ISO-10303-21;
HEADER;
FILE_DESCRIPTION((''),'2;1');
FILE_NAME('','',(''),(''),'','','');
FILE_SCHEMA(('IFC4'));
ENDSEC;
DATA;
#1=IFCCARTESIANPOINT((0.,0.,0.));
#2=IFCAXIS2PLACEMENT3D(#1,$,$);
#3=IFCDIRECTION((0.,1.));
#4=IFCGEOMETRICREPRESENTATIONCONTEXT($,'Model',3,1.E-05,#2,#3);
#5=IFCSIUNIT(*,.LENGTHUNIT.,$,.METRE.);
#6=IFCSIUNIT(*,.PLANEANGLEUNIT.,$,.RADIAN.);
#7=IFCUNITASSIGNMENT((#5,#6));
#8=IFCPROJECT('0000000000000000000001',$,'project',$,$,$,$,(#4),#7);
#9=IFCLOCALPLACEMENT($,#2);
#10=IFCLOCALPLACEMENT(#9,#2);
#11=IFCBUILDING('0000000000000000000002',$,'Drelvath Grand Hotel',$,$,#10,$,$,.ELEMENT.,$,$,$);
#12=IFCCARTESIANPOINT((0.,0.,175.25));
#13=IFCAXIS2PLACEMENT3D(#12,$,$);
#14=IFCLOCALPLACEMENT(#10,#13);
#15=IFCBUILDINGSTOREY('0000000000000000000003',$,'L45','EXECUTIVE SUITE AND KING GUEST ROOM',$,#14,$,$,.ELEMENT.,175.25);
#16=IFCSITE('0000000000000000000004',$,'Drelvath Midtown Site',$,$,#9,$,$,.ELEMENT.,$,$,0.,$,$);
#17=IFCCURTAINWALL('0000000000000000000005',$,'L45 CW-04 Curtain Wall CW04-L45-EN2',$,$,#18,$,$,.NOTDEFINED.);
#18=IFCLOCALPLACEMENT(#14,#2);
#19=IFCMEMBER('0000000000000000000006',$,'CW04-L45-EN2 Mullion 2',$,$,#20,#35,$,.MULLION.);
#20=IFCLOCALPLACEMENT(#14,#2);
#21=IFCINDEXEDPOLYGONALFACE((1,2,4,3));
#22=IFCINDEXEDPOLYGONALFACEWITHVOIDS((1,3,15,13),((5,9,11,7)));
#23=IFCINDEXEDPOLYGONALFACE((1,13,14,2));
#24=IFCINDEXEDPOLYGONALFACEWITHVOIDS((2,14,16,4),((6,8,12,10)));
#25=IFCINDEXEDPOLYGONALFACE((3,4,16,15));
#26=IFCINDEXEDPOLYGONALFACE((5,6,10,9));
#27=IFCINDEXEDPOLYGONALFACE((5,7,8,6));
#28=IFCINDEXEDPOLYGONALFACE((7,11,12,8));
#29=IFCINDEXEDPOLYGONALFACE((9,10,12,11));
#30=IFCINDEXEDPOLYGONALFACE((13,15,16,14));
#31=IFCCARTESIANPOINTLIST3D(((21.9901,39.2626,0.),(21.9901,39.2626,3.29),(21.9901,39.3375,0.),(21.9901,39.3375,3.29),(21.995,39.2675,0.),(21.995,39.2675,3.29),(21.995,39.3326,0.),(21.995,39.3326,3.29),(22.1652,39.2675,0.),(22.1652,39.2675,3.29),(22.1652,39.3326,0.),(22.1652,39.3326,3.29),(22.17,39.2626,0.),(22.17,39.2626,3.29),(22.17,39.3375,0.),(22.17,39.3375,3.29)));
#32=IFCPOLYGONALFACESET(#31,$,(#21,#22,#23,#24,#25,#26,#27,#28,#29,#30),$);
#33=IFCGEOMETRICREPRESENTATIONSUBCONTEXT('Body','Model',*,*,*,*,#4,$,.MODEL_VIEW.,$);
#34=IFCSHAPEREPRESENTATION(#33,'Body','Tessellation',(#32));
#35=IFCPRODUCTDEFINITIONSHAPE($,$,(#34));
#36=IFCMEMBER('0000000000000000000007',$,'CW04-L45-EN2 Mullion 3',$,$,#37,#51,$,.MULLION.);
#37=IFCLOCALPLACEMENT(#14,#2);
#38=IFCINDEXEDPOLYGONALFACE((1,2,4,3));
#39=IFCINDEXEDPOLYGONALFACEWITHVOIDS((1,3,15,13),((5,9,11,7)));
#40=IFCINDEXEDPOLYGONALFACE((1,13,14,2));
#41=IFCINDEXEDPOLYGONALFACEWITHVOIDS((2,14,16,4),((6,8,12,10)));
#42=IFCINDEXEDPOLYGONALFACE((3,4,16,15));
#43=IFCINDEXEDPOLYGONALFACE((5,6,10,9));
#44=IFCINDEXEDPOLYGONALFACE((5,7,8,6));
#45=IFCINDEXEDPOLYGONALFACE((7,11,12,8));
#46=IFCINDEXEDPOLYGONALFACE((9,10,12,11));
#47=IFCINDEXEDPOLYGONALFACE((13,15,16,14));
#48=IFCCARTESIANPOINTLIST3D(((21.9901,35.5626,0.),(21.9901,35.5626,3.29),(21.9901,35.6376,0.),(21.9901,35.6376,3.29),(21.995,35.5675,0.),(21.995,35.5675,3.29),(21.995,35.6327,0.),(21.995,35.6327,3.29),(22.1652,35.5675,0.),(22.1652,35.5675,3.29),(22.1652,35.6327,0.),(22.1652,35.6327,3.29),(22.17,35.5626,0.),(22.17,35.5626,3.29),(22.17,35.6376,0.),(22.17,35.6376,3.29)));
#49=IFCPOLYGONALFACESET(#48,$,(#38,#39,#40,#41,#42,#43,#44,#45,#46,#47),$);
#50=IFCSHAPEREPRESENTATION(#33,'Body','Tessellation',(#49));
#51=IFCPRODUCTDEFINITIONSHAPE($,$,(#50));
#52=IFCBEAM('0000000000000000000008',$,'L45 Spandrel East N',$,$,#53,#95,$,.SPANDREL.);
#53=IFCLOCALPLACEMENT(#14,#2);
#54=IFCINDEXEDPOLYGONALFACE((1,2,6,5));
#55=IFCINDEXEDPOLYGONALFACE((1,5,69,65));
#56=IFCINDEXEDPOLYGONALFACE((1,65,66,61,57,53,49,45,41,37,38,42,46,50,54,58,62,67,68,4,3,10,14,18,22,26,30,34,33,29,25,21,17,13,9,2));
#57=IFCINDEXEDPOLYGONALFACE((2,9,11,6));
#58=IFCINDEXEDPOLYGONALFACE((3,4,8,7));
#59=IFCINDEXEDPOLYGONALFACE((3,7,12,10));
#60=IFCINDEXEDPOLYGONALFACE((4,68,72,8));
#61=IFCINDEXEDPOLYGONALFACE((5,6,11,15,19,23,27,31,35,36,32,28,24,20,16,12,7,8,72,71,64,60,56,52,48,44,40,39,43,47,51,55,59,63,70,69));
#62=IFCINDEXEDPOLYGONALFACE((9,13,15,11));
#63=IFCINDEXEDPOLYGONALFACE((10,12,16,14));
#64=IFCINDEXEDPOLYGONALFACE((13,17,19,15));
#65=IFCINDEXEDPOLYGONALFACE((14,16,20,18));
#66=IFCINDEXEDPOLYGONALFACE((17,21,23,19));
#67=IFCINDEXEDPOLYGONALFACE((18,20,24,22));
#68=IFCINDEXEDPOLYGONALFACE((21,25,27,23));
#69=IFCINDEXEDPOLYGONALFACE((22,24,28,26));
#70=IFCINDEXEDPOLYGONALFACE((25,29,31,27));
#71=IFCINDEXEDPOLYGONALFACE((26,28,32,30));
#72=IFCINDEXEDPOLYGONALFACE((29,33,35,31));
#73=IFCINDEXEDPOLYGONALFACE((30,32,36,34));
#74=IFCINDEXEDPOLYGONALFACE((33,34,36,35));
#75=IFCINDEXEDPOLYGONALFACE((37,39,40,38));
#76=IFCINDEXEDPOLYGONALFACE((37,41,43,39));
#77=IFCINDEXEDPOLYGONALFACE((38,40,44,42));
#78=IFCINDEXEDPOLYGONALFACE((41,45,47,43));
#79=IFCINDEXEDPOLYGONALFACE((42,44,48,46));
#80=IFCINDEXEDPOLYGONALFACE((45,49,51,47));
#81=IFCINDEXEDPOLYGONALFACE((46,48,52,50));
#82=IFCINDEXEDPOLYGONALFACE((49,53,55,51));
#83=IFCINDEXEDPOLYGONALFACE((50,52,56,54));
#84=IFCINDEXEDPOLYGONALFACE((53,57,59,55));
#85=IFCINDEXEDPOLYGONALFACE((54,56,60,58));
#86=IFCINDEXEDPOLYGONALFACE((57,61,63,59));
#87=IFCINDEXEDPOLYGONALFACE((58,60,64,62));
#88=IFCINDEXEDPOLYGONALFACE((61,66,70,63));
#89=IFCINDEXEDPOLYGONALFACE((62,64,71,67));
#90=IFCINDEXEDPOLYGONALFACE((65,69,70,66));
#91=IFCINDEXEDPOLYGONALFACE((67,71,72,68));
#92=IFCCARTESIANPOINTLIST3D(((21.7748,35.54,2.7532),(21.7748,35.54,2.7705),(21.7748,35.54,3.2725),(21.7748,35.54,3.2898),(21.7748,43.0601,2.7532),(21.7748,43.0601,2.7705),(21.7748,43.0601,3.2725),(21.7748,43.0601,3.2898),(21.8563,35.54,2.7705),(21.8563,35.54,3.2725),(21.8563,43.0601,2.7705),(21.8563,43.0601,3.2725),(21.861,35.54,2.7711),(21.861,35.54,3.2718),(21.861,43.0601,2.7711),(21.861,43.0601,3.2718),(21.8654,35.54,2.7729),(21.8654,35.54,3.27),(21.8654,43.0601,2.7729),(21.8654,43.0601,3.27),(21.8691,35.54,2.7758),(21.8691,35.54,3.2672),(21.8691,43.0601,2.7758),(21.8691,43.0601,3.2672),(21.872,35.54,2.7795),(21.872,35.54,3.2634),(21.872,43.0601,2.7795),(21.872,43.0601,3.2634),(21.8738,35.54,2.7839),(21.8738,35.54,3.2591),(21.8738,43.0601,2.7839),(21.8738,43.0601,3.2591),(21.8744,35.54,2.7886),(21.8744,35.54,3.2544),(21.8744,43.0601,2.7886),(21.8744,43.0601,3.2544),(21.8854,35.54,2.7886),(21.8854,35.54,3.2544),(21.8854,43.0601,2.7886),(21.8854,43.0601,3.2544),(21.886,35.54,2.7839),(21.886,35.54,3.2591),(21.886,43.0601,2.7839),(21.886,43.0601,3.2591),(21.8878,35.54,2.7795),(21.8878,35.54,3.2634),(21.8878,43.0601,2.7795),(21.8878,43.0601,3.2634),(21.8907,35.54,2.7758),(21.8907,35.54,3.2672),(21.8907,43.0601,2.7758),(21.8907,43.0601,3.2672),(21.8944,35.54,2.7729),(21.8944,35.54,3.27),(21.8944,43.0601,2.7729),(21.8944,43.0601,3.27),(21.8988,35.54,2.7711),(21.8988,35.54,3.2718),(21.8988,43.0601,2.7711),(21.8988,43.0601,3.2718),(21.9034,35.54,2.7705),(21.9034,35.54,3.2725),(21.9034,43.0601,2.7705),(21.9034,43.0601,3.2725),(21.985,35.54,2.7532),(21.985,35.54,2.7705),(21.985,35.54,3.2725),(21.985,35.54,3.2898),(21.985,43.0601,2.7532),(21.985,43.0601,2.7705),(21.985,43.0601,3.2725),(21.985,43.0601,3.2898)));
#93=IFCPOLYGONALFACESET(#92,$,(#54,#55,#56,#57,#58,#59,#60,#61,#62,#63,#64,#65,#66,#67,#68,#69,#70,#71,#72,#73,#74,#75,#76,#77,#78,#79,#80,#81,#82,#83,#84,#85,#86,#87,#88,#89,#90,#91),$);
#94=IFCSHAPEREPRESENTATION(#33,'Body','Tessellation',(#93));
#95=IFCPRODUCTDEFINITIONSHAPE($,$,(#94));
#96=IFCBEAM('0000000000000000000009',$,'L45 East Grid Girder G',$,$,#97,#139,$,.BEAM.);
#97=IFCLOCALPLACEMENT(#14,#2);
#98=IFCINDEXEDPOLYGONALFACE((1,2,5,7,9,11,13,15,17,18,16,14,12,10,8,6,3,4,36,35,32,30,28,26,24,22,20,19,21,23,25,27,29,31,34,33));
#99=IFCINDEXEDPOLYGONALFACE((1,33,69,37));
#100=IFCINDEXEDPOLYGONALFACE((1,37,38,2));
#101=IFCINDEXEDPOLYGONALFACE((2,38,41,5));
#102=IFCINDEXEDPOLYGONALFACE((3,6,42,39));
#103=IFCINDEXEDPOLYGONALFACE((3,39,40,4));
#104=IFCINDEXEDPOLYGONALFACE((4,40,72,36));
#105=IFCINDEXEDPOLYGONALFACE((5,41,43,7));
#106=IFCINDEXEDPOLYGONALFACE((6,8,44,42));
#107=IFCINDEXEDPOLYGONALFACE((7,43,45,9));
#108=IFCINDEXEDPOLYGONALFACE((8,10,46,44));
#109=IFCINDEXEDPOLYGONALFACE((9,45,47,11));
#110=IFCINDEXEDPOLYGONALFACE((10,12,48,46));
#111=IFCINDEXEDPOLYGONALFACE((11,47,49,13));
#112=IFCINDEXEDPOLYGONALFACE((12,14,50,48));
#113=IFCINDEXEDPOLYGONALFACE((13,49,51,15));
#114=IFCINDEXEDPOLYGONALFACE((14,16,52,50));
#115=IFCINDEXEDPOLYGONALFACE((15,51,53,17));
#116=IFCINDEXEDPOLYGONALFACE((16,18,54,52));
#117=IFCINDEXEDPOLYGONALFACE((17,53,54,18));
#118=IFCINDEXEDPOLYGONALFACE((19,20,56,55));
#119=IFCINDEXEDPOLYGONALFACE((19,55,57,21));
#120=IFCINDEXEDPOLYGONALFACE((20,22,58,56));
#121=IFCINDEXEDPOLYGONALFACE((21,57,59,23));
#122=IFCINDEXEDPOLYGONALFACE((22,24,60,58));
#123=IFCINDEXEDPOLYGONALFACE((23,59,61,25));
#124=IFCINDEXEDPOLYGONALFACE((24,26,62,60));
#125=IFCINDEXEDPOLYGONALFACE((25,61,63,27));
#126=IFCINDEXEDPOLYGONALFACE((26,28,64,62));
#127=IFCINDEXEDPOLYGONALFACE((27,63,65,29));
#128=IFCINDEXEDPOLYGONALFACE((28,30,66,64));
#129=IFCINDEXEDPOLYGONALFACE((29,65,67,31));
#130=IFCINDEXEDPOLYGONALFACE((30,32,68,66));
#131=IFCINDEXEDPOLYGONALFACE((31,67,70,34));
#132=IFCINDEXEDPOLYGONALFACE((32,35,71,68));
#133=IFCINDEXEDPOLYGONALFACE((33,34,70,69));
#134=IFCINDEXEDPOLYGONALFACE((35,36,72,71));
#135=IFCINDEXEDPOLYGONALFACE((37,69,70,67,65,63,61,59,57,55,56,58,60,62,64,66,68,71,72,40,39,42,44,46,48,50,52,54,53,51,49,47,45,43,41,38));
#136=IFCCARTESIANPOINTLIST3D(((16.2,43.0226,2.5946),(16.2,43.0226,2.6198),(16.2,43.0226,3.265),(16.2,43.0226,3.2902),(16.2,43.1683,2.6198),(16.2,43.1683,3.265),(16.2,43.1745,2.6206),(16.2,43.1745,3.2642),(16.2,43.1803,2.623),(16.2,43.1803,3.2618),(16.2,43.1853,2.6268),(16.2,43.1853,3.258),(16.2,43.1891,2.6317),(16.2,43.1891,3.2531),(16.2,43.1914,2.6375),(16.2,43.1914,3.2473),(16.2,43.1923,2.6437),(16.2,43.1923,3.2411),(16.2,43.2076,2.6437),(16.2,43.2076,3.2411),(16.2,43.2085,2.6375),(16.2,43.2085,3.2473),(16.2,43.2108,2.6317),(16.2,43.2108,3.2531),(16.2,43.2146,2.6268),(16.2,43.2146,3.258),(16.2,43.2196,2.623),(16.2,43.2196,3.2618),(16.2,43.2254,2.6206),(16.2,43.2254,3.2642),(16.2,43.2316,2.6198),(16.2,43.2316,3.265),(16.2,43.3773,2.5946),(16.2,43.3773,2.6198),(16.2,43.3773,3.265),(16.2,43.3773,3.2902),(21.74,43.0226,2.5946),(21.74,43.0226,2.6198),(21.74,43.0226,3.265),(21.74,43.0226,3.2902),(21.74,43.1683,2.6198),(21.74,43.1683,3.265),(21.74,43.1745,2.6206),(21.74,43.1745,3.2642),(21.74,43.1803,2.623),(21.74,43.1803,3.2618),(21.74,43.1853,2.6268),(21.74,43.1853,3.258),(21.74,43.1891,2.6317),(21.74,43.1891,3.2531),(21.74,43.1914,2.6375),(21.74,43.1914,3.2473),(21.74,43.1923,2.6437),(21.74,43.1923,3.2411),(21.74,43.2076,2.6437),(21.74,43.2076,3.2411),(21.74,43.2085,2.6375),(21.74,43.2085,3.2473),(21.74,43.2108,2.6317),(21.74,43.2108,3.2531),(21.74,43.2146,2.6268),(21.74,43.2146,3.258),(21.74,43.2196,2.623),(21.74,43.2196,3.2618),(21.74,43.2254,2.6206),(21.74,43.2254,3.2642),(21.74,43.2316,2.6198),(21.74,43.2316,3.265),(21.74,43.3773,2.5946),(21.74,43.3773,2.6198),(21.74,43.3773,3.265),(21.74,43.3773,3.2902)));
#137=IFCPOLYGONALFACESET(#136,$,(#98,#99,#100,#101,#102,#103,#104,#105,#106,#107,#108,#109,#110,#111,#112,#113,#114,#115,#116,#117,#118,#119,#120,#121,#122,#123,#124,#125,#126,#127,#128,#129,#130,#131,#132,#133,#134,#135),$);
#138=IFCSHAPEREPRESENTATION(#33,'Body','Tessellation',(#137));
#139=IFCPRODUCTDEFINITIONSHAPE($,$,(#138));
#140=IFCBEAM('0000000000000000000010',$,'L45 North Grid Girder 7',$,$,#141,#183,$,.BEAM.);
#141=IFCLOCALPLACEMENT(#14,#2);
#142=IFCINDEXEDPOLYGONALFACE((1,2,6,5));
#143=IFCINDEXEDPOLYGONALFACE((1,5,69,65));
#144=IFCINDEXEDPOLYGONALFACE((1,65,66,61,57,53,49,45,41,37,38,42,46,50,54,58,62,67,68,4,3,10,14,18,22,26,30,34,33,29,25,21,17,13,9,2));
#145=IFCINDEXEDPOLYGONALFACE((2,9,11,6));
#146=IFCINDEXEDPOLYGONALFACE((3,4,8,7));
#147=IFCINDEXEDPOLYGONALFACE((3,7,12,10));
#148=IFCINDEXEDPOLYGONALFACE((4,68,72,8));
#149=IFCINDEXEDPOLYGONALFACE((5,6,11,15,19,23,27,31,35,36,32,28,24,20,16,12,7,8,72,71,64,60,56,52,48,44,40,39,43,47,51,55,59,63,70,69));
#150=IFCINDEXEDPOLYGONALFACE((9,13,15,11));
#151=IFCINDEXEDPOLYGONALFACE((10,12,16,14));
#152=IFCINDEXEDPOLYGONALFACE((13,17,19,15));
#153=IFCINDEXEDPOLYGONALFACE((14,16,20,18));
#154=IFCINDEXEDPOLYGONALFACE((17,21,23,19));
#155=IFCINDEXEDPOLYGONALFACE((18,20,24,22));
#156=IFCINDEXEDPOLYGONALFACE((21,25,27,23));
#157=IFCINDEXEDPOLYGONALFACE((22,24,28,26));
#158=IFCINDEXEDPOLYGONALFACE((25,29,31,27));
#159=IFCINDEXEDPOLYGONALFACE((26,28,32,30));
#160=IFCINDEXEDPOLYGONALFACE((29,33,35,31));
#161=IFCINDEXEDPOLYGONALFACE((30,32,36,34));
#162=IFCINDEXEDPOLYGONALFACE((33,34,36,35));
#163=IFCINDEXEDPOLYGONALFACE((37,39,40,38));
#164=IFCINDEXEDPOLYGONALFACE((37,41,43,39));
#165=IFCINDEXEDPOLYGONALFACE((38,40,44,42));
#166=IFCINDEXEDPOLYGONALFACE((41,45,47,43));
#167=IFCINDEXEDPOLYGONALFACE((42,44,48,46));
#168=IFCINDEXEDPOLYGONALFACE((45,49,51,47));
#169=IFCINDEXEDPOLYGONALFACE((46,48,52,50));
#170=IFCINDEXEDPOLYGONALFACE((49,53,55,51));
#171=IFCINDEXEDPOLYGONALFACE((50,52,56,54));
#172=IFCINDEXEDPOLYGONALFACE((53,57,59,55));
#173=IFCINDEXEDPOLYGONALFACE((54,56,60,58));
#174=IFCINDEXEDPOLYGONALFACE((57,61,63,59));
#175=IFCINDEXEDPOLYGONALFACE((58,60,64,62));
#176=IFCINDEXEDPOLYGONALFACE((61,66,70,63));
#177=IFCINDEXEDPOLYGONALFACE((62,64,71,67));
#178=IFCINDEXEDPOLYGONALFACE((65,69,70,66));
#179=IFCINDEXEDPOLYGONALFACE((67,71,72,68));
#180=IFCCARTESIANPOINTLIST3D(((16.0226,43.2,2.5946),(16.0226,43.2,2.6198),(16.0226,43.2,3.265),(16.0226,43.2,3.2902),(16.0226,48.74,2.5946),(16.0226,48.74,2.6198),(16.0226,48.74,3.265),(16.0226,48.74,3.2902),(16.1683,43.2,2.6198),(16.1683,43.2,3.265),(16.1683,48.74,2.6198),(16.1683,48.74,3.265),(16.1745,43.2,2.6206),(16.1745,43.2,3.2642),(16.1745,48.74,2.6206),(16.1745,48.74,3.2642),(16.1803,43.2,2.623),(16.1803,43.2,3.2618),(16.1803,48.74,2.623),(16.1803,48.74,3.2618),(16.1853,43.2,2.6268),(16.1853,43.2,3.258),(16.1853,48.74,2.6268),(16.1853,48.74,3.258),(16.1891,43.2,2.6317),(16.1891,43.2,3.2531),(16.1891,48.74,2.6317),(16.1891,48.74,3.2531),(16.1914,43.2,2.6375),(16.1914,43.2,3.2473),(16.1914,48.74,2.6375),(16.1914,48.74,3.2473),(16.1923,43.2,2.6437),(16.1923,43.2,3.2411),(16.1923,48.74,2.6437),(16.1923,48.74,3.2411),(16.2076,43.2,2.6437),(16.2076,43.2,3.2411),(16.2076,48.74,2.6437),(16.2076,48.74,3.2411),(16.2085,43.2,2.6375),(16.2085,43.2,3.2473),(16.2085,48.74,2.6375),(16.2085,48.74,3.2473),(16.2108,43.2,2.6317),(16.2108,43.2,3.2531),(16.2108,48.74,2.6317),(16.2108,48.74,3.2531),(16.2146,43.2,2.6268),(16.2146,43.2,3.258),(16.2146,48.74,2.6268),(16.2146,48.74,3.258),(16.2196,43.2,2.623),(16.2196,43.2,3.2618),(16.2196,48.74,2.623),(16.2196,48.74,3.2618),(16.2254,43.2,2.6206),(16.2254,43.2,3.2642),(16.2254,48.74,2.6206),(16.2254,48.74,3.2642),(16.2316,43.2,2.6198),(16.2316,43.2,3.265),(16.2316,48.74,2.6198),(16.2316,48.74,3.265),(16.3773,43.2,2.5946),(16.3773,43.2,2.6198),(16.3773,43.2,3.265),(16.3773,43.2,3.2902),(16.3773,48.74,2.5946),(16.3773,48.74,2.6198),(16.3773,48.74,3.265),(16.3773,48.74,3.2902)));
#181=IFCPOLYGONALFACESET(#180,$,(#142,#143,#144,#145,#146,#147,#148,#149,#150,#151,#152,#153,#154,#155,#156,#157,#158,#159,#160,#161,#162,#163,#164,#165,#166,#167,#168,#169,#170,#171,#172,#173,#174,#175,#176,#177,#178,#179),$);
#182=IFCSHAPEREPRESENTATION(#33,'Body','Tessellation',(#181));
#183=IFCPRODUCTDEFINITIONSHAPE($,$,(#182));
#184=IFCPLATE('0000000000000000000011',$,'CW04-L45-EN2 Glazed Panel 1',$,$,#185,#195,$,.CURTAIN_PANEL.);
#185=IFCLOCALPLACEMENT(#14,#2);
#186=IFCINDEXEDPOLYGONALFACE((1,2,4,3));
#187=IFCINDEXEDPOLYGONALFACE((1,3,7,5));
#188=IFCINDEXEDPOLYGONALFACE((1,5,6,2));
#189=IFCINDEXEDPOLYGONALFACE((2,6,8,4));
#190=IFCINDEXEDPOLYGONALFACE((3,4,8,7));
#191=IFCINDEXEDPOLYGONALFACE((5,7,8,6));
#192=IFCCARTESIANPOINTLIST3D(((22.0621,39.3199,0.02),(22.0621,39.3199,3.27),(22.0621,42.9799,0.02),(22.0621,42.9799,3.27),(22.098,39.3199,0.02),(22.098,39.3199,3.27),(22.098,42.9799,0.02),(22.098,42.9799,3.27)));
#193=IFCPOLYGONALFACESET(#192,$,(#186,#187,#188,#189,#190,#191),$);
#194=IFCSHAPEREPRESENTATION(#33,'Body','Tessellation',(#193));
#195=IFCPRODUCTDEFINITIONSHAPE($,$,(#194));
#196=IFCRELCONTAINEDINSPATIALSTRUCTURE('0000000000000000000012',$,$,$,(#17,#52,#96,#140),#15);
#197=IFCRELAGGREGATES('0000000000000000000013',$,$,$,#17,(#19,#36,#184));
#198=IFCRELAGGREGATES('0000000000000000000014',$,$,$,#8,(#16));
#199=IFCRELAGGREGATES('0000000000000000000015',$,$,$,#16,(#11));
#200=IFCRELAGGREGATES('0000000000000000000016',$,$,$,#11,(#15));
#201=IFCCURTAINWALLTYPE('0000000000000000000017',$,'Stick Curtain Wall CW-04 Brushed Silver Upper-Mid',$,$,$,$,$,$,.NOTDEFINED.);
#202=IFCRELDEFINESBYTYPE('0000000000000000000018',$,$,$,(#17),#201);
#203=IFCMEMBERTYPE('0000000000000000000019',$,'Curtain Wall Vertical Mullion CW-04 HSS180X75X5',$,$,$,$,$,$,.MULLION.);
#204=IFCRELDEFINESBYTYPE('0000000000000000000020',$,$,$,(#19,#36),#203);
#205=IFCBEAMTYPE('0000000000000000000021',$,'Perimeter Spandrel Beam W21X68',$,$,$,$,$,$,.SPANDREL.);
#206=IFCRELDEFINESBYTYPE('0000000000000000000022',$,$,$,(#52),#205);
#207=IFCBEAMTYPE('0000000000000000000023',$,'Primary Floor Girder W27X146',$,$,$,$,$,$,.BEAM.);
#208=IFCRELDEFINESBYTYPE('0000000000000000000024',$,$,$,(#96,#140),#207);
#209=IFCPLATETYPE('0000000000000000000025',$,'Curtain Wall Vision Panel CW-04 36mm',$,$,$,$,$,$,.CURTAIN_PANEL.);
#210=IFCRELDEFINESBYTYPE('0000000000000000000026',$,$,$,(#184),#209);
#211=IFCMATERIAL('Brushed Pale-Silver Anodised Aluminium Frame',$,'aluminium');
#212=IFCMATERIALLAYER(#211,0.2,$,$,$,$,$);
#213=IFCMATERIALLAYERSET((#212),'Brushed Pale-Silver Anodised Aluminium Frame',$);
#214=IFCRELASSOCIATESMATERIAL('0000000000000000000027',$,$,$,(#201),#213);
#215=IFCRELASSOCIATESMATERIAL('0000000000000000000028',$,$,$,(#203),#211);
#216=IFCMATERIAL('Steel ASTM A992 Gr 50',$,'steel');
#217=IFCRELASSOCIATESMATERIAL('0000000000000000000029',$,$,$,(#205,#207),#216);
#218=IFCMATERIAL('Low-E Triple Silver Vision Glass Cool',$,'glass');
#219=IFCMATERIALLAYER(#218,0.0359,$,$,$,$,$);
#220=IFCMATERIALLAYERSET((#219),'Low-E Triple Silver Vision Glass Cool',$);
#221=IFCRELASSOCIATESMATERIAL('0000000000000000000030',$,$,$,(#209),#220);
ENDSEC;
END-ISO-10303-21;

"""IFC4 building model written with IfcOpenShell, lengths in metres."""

from ifc_helpers import new_model, si_unit, direction, frame, origin, origin_2d, place, context, subcontext, project, spatial, rectangle, hollow_rectangle, i_section, extrude, material, layer, layer_set, material_profile, profile_set, type_object, element, aggregate, save


model = new_model("IFC4")

# Units and contexts
model_context = context("Model", 3, precision=1e-05, world=origin(), true_north=direction((0.0, 1.0)))
body_context = subcontext(model_context, "Body", "Model", "MODEL_VIEW")
ifc_project = project(units=[si_unit("LENGTHUNIT", "METRE"), si_unit("PLANEANGLEUNIT", "RADIAN")], contexts=[model_context])

# Site, building, storey
site_placement = place(None, origin())
site = spatial("IfcSite", under=ifc_project, at=site_placement, Name="Drelvath Midtown Site", CompositionType="ELEMENT", RefElevation=0.0)
building_placement = place(site_placement, origin())
building = spatial("IfcBuilding", under=site, at=building_placement, Name="Drelvath Grand Hotel", CompositionType="ELEMENT")
storey_placement = place(building_placement, frame((0.0, 0.0, 175.25)))
storey = spatial("IfcBuildingStorey", under=building, at=storey_placement, Name="L45", Description="EXECUTIVE SUITE AND KING GUEST ROOM", CompositionType="ELEMENT", Elevation=175.25)

# Curtain wall, members
ifc_material_1 = material(Name="Brushed Pale-Silver Anodised Aluminium Frame", Category="aluminium")
ifc_layer_1 = layer(ifc_material_1, 0.2)
ifc_layer_set_1 = layer_set([ifc_layer_1], Name="Brushed Pale-Silver Anodised Aluminium Frame")
curtain_wall_type = type_object("IfcCurtainWallType", Name="Stick Curtain Wall CW-04 Brushed Silver Upper-Mid", PredefinedType="NOTDEFINED", material=ifc_layer_set_1)
curtain_wall_placement = place(storey_placement, origin())
curtain_wall = element("IfcCurtainWall", 1, at=curtain_wall_placement, inside=storey, type_object=curtain_wall_type, Name="L45 CW-04 Curtain Wall CW04-L45-EN2", PredefinedType="NOTDEFINED")
ifc_material_profile_1 = material_profile(ifc_material_1, hollow_rectangle(XDim=0.075, YDim=0.1799, WallThickness=0.0049, at=origin_2d()), Name="HSS180X75X5")
ifc_profile_set_1 = profile_set([ifc_material_profile_1], Name="Brushed Pale-Silver Anodised Aluminium Frame")
member_type_1 = type_object("IfcMemberType", Name="Curtain Wall Vertical Mullion CW-04 HSS180X75X5", PredefinedType="MULLION", material=ifc_profile_set_1)
member_1_placement = place(storey_placement, frame((22.0801, 39.3, 0.0), z_axis=(0.0, 0.0, 1.0), x_axis=(0.0, 1.0, 0.0)))
member_1 = element("IfcMember", 2, at=member_1_placement, type_object=member_type_1, Name="CW04-L45-EN2 Mullion 2", PredefinedType="MULLION", context=body_context, shape_type="SweptSolid", body=[
    extrude(hollow_rectangle(XDim=0.075, YDim=0.1799, WallThickness=0.0049, at=origin_2d()), origin(), (0.0, 0.0, 1.0), 3.29),
])
member_2_placement = place(storey_placement, frame((22.0801, 35.6001, 0.0), z_axis=(0.0, 0.0, 1.0), x_axis=(0.0, 1.0, 0.0)))
member_2 = element("IfcMember", 3, at=member_2_placement, type_object=member_type_1, Name="CW04-L45-EN2 Mullion 3", PredefinedType="MULLION", context=body_context, shape_type="SweptSolid", body=[
    extrude(hollow_rectangle(XDim=0.075, YDim=0.1799, WallThickness=0.0049, at=origin_2d()), origin(), (0.0, 0.0, 1.0), 3.29),
])

# Beams
ifc_material_2 = material(Name="Steel ASTM A992 Gr 50", Category="steel")
ifc_material_profile_2 = material_profile(ifc_material_2, i_section(OverallWidth=0.2102, OverallDepth=0.5366, WebThickness=0.011, FlangeThickness=0.0173, FilletRadius=0.0181, at=origin_2d()), Name="W21X68")
ifc_profile_set_2 = profile_set([ifc_material_profile_2], Name="Steel ASTM A992 Gr 50")
beam_type_1 = type_object("IfcBeamType", Name="Perimeter Spandrel Beam W21X68", PredefinedType="SPANDREL", material=ifc_profile_set_2)
beam_placement = place(storey_placement, frame((21.8799, 35.54, 3.0215), z_axis=(0.0, 1.0, 0.0), x_axis=(-1.0, 0.0, 0.0)))
element("IfcBeam", 4, at=beam_placement, inside=storey, type_object=beam_type_1, Name="L45 Spandrel East N", PredefinedType="SPANDREL", context=body_context, shape_type="SweptSolid", body=[
    extrude(i_section(OverallWidth=0.2102, OverallDepth=0.5366, WebThickness=0.011, FlangeThickness=0.0173, FilletRadius=0.0181, at=origin_2d()), origin(), (0.0, 0.0, 1.0), 7.52),
])
ifc_material_profile_3 = material_profile(ifc_material_2, i_section(OverallWidth=0.3547, OverallDepth=0.6956, WebThickness=0.0154, FlangeThickness=0.0251, FilletRadius=0.0239, at=origin_2d()), Name="W27X146")
ifc_profile_set_3 = profile_set([ifc_material_profile_3], Name="Steel ASTM A992 Gr 50")
beam_type_2 = type_object("IfcBeamType", Name="Primary Floor Girder W27X146", PredefinedType="BEAM", material=ifc_profile_set_3)
for number, where, z_axis, x_axis, name in (
    (5, (16.2, 43.2, 2.9424), (1.0, 0.0, 0.0), (0.0, 1.0, 0.0), "L45 East Grid Girder G"),
    (6, (16.2, 43.2, 2.9424), (0.0, 1.0, 0.0), (-1.0, 0.0, 0.0), "L45 North Grid Girder 7"),
):
    element("IfcBeam", number, at=place(storey_placement, frame(where, z_axis=z_axis, x_axis=x_axis)), inside=storey, type_object=beam_type_2, Name=name, PredefinedType="BEAM", context=body_context, shape_type="SweptSolid", body=[
        extrude(i_section(OverallWidth=0.3547, OverallDepth=0.6956, WebThickness=0.0154, FlangeThickness=0.0251, FilletRadius=0.0239, at=origin_2d()), origin(), (0.0, 0.0, 1.0), 5.54),
    ])

# Plate
ifc_material_3 = material(Name="Low-E Triple Silver Vision Glass Cool", Category="glass")
ifc_layer_2 = layer(ifc_material_3, 0.0359)
ifc_layer_set_2 = layer_set([ifc_layer_2], Name="Low-E Triple Silver Vision Glass Cool")
plate_type = type_object("IfcPlateType", Name="Curtain Wall Vision Panel CW-04 36mm", PredefinedType="CURTAIN_PANEL", material=ifc_layer_set_2)
plate_1_placement = place(storey_placement, frame((22.0801, 41.1499, 0.02), z_axis=(0.0, 0.0, 1.0), x_axis=(0.0, -1.0, 0.0)))
plate_1 = element("IfcPlate", 7, at=plate_1_placement, type_object=plate_type, Name="CW04-L45-EN2 Glazed Panel 1", PredefinedType="CURTAIN_PANEL", context=body_context, shape_type="SweptSolid", body=[
    extrude(rectangle(XDim=3.6599, YDim=0.0359, at=origin_2d()), origin(), (0.0, 0.0, 1.0), 3.25),
])
aggregate(curtain_wall, [member_1, member_2, plate_1])

save(model, "model.ifc")
